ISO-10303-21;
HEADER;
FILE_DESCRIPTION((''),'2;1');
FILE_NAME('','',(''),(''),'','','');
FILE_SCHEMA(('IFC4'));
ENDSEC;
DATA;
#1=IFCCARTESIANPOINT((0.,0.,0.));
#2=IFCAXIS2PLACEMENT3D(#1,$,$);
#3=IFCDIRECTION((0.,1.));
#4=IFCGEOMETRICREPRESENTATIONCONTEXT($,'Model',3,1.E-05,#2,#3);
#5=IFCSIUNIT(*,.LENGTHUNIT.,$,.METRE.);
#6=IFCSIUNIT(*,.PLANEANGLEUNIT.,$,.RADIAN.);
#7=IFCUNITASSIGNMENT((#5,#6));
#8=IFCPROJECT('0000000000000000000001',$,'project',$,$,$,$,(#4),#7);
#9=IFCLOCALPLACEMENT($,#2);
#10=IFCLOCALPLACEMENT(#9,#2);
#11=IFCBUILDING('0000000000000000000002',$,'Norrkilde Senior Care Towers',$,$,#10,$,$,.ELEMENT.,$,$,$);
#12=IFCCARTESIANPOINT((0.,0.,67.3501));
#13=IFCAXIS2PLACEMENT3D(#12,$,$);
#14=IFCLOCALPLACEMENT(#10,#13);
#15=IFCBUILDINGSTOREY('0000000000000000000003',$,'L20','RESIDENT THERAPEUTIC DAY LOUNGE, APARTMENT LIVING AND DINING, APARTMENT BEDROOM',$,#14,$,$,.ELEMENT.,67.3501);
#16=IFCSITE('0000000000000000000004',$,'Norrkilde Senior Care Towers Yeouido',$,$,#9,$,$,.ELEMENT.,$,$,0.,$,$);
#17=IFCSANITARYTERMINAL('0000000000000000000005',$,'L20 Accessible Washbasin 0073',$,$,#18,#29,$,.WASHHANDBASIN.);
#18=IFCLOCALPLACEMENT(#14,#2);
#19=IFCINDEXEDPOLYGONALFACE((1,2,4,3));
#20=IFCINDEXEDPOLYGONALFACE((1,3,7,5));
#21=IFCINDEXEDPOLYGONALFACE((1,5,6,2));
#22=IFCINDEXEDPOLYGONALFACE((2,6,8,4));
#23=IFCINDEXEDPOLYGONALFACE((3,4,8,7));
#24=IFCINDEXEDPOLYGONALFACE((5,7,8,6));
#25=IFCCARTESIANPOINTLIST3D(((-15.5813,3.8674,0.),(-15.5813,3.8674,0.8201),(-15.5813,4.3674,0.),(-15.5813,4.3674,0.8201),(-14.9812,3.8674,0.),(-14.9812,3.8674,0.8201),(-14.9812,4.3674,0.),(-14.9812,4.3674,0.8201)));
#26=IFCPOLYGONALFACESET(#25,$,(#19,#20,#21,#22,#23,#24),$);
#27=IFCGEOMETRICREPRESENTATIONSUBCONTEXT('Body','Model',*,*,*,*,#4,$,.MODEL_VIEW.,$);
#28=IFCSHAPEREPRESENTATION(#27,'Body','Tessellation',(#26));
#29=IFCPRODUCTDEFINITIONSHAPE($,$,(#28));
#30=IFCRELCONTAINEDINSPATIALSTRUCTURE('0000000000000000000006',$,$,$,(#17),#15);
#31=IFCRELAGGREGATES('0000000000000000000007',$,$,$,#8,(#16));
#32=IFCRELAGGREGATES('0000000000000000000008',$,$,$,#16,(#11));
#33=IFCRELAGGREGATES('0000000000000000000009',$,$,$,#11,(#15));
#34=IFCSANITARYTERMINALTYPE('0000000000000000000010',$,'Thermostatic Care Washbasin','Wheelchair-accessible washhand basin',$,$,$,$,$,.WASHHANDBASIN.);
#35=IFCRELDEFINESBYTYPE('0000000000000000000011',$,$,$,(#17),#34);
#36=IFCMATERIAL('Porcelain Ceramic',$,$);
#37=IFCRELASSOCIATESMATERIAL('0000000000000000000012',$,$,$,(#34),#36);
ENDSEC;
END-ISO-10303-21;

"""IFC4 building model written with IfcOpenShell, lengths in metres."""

from ifc_helpers import new_model, si_unit, direction, frame, origin, origin_2d, place, context, subcontext, project, spatial, rectangle, extrude, source, transform, mapped, material, type_object, type_shapes, element, save


model = new_model("IFC4")

# Units and contexts
model_context = context("Model", 3, precision=1e-05, world=origin(), true_north=direction((0.0, 1.0)))
body_context = subcontext(model_context, "Body", "Model", "MODEL_VIEW")
ifc_project = project(units=[si_unit("LENGTHUNIT", "METRE"), si_unit("PLANEANGLEUNIT", "RADIAN")], contexts=[model_context])

# Site, building, storey
site_placement = place(None, origin())
site = spatial("IfcSite", under=ifc_project, at=site_placement, Name="Norrkilde Senior Care Towers Yeouido", CompositionType="ELEMENT", RefElevation=0.0)
building_placement = place(site_placement, origin())
building = spatial("IfcBuilding", under=site, at=building_placement, Name="Norrkilde Senior Care Towers", CompositionType="ELEMENT")
storey_placement = place(building_placement, frame((0.0, 0.0, 67.3501)))
storey = spatial("IfcBuildingStorey", under=building, at=storey_placement, Name="L20", Description="RESIDENT THERAPEUTIC DAY LOUNGE, APARTMENT LIVING AND DINING, APARTMENT BEDROOM", CompositionType="ELEMENT", Elevation=67.3501)

# Sanitary terminal
ifc_material_1 = material(Name="Porcelain Ceramic")
sanitary_terminal_type_1 = type_object("IfcSanitaryTerminalType", Name="Thermostatic Care Washbasin", Description="Wheelchair-accessible washhand basin", PredefinedType="WASHHANDBASIN", material=ifc_material_1)
shared_shape_1 = source(origin(), body_context, "Body", "SweptSolid", [
    extrude(rectangle(XDim=0.6001, YDim=0.5, at=origin_2d()), origin(), (0.0, 0.0, 1.0), 0.8201),
])
type_shapes(sanitary_terminal_type_1, [shared_shape_1])
sanitary_terminal_1_placement = place(storey_placement, frame((-15.2812, 4.1174, 0.0), z_axis=(0.0, 0.0, 1.0), x_axis=(1.0, 0.0, 0.0)))
element("IfcSanitaryTerminal", 1, at=sanitary_terminal_1_placement, inside=storey, type_object=sanitary_terminal_type_1, Name="L20 Accessible Washbasin 0073", PredefinedType="WASHHANDBASIN", context=body_context, shape_type="MappedRepresentation", body=[
    mapped(shared_shape_1, transform((0.0, 0.0, 0.0), x_axis=(1.0, 0.0, 0.0), y_axis=(0.0, 1.0, 0.0), z_axis=(0.0, 0.0, 1.0), scale=1.0)),
])

save(model, "model.ifc")
